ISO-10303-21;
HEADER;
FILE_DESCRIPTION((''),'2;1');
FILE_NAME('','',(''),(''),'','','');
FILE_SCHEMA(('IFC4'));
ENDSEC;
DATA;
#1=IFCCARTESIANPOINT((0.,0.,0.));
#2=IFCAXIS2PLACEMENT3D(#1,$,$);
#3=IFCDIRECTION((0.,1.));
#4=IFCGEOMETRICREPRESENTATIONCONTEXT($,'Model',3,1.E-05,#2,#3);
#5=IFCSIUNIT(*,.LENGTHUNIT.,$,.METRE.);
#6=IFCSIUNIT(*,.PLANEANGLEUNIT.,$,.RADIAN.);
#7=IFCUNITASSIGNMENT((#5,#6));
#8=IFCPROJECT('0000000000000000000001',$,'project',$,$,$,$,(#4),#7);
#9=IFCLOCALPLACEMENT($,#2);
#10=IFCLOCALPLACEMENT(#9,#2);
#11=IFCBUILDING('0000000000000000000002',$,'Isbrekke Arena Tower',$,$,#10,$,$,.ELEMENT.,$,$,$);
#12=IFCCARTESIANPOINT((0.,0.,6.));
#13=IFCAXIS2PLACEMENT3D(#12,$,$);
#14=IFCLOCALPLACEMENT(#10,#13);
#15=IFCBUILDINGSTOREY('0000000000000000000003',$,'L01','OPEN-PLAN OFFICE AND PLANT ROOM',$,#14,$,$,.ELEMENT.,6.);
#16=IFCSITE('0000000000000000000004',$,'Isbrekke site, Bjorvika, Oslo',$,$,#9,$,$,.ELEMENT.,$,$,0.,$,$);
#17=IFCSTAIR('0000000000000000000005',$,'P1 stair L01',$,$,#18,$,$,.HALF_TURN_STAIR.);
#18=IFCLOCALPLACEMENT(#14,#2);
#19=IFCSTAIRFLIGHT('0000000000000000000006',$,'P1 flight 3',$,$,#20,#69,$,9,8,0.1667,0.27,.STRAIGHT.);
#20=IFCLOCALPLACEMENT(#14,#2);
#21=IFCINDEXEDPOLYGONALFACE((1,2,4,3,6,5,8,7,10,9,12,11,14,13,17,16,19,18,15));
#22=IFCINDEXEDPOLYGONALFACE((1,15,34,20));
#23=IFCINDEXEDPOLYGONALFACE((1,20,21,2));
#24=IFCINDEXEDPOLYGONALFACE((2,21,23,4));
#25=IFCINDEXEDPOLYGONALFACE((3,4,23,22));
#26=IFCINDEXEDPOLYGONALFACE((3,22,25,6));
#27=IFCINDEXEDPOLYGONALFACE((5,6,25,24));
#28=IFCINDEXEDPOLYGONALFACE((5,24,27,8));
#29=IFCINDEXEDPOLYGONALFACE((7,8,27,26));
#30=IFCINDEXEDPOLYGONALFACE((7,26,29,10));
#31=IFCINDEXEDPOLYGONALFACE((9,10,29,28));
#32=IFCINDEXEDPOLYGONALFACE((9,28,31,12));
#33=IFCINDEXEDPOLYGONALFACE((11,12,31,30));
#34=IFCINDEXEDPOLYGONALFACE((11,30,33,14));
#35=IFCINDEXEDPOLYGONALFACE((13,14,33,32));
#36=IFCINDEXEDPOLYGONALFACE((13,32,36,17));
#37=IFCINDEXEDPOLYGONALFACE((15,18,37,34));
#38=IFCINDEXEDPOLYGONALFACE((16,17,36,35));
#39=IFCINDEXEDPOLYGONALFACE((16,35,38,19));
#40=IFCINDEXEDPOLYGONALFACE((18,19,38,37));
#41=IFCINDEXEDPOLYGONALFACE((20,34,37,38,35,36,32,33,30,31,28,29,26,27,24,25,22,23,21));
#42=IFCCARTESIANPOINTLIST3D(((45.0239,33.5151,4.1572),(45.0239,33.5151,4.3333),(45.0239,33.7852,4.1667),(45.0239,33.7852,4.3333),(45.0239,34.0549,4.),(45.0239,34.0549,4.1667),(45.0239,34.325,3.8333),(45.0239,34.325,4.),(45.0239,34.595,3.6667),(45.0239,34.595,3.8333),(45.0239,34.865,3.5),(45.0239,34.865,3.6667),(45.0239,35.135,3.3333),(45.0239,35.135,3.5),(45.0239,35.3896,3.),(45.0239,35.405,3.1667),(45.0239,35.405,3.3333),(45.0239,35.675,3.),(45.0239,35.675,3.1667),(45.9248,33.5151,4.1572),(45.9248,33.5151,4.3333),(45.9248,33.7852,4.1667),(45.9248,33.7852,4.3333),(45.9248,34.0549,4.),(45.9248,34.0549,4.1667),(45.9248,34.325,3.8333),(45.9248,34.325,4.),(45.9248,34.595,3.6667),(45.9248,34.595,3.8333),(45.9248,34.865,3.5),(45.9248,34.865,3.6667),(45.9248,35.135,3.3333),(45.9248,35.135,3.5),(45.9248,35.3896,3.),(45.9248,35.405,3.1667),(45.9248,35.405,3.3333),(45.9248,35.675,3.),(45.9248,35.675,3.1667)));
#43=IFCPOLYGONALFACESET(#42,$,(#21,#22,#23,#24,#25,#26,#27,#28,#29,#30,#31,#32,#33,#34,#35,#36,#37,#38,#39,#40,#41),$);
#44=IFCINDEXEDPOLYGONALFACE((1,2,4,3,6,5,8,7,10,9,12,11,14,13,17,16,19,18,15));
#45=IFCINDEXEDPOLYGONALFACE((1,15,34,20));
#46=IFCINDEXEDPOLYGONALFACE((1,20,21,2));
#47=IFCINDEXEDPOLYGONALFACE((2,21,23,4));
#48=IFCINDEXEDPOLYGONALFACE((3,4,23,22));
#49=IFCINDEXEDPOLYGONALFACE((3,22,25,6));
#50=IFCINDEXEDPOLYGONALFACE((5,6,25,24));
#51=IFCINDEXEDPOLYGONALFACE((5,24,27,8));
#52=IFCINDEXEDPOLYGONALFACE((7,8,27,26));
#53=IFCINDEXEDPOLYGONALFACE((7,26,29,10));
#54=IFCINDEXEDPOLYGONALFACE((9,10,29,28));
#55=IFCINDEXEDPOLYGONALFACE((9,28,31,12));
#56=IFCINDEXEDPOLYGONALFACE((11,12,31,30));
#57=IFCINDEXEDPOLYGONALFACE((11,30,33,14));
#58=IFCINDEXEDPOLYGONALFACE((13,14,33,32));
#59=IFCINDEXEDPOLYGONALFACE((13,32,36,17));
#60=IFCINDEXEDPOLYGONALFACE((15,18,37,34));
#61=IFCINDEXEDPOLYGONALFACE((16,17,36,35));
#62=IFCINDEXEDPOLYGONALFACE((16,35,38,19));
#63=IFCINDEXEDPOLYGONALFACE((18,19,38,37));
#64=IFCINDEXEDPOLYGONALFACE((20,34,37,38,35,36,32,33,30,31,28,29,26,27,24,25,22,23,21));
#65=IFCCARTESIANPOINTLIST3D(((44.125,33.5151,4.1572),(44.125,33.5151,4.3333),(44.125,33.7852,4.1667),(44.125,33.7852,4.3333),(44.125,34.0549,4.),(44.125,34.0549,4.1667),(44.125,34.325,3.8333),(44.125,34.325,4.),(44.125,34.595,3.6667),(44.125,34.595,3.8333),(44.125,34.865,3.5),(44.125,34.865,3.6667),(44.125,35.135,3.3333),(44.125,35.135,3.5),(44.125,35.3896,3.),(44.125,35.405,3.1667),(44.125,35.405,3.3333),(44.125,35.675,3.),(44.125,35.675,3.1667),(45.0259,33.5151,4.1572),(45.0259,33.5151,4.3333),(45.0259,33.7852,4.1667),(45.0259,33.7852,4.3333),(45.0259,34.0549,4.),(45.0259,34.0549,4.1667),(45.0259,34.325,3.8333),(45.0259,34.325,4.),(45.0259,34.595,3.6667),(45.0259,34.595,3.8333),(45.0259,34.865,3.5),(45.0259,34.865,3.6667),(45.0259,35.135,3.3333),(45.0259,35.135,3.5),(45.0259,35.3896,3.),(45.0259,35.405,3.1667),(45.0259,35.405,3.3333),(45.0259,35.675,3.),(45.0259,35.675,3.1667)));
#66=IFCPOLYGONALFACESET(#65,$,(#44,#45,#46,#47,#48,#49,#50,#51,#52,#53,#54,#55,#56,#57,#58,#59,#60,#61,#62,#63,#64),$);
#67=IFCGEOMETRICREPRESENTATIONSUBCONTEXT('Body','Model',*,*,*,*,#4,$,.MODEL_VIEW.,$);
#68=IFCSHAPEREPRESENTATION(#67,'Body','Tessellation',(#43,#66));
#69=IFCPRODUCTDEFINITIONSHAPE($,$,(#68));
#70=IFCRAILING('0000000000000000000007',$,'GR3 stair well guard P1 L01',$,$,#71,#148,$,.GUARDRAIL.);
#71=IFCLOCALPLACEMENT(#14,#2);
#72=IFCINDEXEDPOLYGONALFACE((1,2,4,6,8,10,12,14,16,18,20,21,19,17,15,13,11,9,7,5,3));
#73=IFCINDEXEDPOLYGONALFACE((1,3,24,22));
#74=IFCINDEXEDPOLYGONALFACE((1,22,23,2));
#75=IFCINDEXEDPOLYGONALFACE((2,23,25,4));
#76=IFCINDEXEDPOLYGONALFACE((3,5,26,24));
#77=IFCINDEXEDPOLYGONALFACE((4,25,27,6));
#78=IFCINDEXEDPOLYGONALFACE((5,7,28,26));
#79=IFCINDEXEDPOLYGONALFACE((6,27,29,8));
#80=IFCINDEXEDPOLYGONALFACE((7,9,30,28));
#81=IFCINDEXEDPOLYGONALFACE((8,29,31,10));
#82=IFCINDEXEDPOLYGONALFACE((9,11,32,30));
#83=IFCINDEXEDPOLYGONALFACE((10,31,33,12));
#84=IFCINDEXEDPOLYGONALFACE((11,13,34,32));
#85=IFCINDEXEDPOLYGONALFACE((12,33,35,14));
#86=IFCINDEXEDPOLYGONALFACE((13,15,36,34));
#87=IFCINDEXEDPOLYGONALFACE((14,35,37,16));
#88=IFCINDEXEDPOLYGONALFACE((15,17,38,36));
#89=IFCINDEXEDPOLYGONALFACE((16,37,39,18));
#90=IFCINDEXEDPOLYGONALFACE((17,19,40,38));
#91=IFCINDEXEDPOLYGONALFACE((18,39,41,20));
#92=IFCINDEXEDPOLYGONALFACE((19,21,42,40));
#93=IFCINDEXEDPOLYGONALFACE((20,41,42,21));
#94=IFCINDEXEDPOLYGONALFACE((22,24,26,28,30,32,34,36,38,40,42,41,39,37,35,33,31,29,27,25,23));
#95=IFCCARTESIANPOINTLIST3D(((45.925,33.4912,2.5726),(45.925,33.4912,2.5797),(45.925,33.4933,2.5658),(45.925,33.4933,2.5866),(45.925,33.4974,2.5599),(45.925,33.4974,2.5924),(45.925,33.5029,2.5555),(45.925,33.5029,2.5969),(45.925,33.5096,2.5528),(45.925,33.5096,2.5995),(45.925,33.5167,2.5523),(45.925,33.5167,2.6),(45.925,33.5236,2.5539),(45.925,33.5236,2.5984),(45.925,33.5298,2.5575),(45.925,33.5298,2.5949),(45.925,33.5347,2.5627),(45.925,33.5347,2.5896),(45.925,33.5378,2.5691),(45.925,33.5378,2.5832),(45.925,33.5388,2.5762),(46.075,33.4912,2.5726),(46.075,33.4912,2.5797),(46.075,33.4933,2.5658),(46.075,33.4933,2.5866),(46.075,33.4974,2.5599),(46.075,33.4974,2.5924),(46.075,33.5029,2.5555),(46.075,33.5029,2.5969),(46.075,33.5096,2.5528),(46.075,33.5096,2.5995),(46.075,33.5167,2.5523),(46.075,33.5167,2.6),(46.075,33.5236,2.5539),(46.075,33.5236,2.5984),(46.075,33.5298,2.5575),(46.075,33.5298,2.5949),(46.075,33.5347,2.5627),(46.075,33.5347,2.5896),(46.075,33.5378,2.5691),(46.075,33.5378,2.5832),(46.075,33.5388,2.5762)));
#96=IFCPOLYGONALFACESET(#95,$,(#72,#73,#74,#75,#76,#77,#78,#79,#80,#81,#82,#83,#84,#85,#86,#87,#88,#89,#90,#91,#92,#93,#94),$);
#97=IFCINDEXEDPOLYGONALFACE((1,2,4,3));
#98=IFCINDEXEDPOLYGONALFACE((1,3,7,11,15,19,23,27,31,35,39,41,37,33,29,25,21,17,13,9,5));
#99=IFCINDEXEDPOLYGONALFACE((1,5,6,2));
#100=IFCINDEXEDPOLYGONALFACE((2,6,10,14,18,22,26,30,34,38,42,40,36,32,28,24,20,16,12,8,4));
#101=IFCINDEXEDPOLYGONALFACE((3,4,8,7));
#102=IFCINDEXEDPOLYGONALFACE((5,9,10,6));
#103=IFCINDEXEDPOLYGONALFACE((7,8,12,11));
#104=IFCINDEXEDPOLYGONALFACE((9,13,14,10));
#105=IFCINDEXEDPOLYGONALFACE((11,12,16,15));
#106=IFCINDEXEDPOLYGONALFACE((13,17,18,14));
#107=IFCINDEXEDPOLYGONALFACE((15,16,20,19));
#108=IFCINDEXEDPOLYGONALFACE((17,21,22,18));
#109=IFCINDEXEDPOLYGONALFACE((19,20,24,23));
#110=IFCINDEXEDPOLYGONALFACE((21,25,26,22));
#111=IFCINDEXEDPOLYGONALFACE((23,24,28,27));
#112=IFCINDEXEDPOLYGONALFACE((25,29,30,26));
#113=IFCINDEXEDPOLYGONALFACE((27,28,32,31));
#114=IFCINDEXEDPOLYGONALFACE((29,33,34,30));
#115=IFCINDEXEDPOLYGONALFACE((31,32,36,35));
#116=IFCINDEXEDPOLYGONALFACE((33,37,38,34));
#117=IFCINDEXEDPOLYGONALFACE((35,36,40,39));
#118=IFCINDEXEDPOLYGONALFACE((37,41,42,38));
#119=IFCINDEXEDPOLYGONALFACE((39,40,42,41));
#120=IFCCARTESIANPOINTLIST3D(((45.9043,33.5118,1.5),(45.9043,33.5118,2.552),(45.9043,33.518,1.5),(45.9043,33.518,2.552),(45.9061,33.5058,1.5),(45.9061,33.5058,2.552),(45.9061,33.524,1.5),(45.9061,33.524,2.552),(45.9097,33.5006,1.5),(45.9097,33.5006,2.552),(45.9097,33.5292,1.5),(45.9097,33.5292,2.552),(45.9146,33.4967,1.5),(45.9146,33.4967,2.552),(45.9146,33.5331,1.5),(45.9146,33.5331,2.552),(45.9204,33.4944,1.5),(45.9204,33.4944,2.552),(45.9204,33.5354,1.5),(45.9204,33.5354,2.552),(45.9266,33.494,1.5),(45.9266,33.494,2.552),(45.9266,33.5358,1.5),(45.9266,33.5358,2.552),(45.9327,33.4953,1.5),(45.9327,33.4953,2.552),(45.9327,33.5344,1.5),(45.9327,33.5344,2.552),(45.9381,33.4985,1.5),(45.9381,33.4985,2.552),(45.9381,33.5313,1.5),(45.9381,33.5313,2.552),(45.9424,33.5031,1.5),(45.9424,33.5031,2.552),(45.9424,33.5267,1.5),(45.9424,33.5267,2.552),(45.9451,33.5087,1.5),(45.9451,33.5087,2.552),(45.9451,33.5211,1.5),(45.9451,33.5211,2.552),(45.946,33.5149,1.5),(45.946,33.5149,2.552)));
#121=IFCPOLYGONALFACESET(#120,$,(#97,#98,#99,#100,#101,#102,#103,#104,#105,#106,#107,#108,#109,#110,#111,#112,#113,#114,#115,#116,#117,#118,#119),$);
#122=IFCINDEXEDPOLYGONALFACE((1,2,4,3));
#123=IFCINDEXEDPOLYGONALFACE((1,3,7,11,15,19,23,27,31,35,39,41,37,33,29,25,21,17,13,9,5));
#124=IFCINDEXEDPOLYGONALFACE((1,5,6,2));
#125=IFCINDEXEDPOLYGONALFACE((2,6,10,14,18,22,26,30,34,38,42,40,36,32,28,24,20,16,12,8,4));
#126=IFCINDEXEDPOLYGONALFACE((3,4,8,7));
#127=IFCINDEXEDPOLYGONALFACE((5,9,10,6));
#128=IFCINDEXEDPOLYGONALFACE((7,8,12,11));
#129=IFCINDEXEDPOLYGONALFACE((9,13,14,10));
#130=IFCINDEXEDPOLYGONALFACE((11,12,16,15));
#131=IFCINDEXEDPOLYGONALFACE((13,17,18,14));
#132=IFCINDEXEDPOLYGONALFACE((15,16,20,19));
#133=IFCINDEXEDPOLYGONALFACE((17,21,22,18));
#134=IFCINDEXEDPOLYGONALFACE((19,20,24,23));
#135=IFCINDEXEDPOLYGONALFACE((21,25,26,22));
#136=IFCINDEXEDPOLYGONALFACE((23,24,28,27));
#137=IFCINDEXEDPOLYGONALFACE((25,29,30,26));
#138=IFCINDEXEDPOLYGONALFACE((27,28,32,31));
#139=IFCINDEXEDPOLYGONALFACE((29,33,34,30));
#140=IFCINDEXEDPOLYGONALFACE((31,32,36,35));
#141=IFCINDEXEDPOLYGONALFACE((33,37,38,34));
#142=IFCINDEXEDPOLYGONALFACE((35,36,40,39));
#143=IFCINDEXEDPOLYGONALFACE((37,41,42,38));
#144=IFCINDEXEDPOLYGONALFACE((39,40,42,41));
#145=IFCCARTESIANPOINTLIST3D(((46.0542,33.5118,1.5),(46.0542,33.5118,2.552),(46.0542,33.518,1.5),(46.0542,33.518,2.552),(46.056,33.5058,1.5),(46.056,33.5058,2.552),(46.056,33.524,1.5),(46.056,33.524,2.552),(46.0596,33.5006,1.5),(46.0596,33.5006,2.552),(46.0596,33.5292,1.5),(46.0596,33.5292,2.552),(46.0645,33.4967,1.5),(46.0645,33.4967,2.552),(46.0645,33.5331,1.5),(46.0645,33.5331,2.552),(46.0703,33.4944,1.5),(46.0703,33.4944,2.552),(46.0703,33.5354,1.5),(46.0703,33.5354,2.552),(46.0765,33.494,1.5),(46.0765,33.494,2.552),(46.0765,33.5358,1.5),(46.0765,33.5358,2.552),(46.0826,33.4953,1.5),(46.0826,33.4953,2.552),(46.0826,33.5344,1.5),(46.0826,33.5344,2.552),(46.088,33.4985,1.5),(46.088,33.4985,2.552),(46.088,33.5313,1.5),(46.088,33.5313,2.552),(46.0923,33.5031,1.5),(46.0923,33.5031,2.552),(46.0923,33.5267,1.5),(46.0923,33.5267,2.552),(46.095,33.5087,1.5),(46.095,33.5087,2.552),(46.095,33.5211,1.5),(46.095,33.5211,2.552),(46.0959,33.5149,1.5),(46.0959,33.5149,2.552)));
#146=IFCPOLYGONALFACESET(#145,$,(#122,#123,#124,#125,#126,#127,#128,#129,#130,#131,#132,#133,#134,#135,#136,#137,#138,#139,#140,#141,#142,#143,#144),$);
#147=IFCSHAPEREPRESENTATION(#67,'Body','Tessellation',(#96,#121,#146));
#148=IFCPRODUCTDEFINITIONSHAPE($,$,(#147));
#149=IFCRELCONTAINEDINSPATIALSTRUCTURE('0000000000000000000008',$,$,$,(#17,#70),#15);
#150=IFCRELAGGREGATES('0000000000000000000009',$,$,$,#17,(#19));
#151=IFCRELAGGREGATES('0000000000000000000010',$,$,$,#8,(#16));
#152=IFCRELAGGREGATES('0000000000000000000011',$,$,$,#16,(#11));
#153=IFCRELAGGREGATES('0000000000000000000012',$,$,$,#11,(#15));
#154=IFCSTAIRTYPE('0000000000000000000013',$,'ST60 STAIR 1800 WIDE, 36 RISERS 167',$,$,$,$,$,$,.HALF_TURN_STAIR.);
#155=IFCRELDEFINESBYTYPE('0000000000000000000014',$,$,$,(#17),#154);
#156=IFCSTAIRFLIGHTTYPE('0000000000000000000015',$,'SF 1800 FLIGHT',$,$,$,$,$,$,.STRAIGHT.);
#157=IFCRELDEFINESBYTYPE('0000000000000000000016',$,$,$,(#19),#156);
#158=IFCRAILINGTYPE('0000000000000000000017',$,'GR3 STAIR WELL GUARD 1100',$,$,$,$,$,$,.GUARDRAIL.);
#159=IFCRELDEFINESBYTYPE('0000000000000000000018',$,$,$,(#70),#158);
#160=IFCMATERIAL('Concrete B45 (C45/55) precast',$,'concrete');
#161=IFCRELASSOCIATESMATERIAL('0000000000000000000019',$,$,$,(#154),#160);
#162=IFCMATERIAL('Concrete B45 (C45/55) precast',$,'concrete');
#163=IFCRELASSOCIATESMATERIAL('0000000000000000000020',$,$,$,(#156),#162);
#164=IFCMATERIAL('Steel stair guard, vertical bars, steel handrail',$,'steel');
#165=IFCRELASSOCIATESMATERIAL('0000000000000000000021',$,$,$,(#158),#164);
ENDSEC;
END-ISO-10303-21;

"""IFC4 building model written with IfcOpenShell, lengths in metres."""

from ifc_helpers import new_model, si_unit, direction, frame, origin, origin_2d, place, context, subcontext, project, spatial, polyline, circle, outline, extrude, material, type_object, element, aggregate, save


model = new_model("IFC4")

# Units and contexts
model_context = context("Model", 3, precision=1e-05, world=origin(), true_north=direction((0.0, 1.0)))
body_context = subcontext(model_context, "Body", "Model", "MODEL_VIEW")
ifc_project = project(units=[si_unit("LENGTHUNIT", "METRE"), si_unit("PLANEANGLEUNIT", "RADIAN")], contexts=[model_context])

# Site, building, storey
site_placement = place(None, origin())
site = spatial("IfcSite", under=ifc_project, at=site_placement, Name="Isbrekke site, Bjorvika, Oslo", CompositionType="ELEMENT", RefElevation=0.0)
building_placement = place(site_placement, origin())
building = spatial("IfcBuilding", under=site, at=building_placement, Name="Isbrekke Arena Tower", CompositionType="ELEMENT")
storey_placement = place(building_placement, frame((0.0, 0.0, 6.0)))
storey = spatial("IfcBuildingStorey", under=building, at=storey_placement, Name="L01", Description="OPEN-PLAN OFFICE AND PLANT ROOM", CompositionType="ELEMENT", Elevation=6.0)

# Stair, stair flight
ifc_material_1 = material(Name="Concrete B45 (C45/55) precast", Category="concrete")
stair_type = type_object("IfcStairType", Name="ST60 STAIR 1800 WIDE, 36 RISERS 167", PredefinedType="HALF_TURN_STAIR", material=ifc_material_1)
stair_placement = place(storey_placement, origin())
stair = element("IfcStair", 1, at=stair_placement, inside=storey, type_object=stair_type, Name="P1 stair L01", PredefinedType="HALF_TURN_STAIR")
ifc_material_2 = material(Name="Concrete B45 (C45/55) precast", Category="concrete")
stair_flight_type = type_object("IfcStairFlightType", Name="SF 1800 FLIGHT", PredefinedType="STRAIGHT", material=ifc_material_2)
stair_flight_1_placement = place(storey_placement, frame((45.0249, 35.675, 3.0), z_axis=(0.0, 0.0, 1.0), x_axis=(0.0, -1.0, 0.0)))
stair_flight_1 = element("IfcStairFlight", 2, at=stair_flight_1_placement, type_object=stair_flight_type, Name="P1 flight 3", NumberOfRisers=9, NumberOfTreads=8, PredefinedType="STRAIGHT", RiserHeight=0.1667, TreadLength=0.27, context=body_context, shape_type="SweptSolid", body=[
    extrude(outline(polyline([(0.0, 0.0), (0.0, 0.1667), (0.27, 0.1667), (0.27, 0.3333), (0.54, 0.3333), (0.54, 0.5), (0.8101, 0.5), (0.8101, 0.6667), (1.0801, 0.6667), (1.0801, 0.8333), (1.3501, 0.8333), (1.3501, 1.0), (1.6201, 1.0), (1.6201, 1.1667), (1.8899, 1.1667), (1.8899, 1.3333), (2.1599, 1.3333), (2.1599, 1.5), (2.1599, 1.1572), (0.2854, 0.0), (0.0, 0.0)])), frame((0.0, 0.8999, 0.0), z_axis=(0.0, -1.0, 0.0), x_axis=(1.0, 0.0, 0.0)), (0.0, 0.0, 1.0), 0.9009),
    extrude(outline(polyline([(0.0, 0.0), (0.0, 0.1667), (0.27, 0.1667), (0.27, 0.3333), (0.54, 0.3333), (0.54, 0.5), (0.8101, 0.5), (0.8101, 0.6667), (1.0801, 0.6667), (1.0801, 0.8333), (1.3501, 0.8333), (1.3501, 1.0), (1.6201, 1.0), (1.6201, 1.1667), (1.8899, 1.1667), (1.8899, 1.3333), (2.1599, 1.3333), (2.1599, 1.5), (2.1599, 1.1572), (0.2854, 0.0), (0.0, 0.0)])), frame((0.0, 0.001, 0.0), z_axis=(0.0, -1.0, 0.0), x_axis=(1.0, 0.0, 0.0)), (0.0, 0.0, 1.0), 0.9009),
])
aggregate(stair, [stair_flight_1])

# Railing
ifc_material_3 = material(Name="Steel stair guard, vertical bars, steel handrail", Category="steel")
railing_type = type_object("IfcRailingType", Name="GR3 STAIR WELL GUARD 1100", PredefinedType="GUARDRAIL", material=ifc_material_3)
for number, where, name in (
    (3, (45.925, 33.5149, 1.5), "GR3 stair well guard P1 L01"),
):
    element("IfcRailing", number, at=place(storey_placement, frame(where)), inside=storey, type_object=railing_type, Name=name, PredefinedType="GUARDRAIL", context=body_context, shape_type="SweptSolid", body=[
        extrude(circle(Radius=0.0239, at=origin_2d()), frame((0.0, 0.0, 1.0762), z_axis=(1.0, 0.0, 0.0), x_axis=(0.0, 1.0, 0.0)), (0.0, 0.0, 1.0), 0.1499),
        extrude(circle(Radius=0.021, at=origin_2d()), origin(), (0.0, 0.0, 1.0), 1.052),
        extrude(circle(Radius=0.021, at=origin_2d()), frame((0.1499, 0.0, 0.0)), (0.0, 0.0, 1.0), 1.052),
    ])

save(model, "model.ifc")
